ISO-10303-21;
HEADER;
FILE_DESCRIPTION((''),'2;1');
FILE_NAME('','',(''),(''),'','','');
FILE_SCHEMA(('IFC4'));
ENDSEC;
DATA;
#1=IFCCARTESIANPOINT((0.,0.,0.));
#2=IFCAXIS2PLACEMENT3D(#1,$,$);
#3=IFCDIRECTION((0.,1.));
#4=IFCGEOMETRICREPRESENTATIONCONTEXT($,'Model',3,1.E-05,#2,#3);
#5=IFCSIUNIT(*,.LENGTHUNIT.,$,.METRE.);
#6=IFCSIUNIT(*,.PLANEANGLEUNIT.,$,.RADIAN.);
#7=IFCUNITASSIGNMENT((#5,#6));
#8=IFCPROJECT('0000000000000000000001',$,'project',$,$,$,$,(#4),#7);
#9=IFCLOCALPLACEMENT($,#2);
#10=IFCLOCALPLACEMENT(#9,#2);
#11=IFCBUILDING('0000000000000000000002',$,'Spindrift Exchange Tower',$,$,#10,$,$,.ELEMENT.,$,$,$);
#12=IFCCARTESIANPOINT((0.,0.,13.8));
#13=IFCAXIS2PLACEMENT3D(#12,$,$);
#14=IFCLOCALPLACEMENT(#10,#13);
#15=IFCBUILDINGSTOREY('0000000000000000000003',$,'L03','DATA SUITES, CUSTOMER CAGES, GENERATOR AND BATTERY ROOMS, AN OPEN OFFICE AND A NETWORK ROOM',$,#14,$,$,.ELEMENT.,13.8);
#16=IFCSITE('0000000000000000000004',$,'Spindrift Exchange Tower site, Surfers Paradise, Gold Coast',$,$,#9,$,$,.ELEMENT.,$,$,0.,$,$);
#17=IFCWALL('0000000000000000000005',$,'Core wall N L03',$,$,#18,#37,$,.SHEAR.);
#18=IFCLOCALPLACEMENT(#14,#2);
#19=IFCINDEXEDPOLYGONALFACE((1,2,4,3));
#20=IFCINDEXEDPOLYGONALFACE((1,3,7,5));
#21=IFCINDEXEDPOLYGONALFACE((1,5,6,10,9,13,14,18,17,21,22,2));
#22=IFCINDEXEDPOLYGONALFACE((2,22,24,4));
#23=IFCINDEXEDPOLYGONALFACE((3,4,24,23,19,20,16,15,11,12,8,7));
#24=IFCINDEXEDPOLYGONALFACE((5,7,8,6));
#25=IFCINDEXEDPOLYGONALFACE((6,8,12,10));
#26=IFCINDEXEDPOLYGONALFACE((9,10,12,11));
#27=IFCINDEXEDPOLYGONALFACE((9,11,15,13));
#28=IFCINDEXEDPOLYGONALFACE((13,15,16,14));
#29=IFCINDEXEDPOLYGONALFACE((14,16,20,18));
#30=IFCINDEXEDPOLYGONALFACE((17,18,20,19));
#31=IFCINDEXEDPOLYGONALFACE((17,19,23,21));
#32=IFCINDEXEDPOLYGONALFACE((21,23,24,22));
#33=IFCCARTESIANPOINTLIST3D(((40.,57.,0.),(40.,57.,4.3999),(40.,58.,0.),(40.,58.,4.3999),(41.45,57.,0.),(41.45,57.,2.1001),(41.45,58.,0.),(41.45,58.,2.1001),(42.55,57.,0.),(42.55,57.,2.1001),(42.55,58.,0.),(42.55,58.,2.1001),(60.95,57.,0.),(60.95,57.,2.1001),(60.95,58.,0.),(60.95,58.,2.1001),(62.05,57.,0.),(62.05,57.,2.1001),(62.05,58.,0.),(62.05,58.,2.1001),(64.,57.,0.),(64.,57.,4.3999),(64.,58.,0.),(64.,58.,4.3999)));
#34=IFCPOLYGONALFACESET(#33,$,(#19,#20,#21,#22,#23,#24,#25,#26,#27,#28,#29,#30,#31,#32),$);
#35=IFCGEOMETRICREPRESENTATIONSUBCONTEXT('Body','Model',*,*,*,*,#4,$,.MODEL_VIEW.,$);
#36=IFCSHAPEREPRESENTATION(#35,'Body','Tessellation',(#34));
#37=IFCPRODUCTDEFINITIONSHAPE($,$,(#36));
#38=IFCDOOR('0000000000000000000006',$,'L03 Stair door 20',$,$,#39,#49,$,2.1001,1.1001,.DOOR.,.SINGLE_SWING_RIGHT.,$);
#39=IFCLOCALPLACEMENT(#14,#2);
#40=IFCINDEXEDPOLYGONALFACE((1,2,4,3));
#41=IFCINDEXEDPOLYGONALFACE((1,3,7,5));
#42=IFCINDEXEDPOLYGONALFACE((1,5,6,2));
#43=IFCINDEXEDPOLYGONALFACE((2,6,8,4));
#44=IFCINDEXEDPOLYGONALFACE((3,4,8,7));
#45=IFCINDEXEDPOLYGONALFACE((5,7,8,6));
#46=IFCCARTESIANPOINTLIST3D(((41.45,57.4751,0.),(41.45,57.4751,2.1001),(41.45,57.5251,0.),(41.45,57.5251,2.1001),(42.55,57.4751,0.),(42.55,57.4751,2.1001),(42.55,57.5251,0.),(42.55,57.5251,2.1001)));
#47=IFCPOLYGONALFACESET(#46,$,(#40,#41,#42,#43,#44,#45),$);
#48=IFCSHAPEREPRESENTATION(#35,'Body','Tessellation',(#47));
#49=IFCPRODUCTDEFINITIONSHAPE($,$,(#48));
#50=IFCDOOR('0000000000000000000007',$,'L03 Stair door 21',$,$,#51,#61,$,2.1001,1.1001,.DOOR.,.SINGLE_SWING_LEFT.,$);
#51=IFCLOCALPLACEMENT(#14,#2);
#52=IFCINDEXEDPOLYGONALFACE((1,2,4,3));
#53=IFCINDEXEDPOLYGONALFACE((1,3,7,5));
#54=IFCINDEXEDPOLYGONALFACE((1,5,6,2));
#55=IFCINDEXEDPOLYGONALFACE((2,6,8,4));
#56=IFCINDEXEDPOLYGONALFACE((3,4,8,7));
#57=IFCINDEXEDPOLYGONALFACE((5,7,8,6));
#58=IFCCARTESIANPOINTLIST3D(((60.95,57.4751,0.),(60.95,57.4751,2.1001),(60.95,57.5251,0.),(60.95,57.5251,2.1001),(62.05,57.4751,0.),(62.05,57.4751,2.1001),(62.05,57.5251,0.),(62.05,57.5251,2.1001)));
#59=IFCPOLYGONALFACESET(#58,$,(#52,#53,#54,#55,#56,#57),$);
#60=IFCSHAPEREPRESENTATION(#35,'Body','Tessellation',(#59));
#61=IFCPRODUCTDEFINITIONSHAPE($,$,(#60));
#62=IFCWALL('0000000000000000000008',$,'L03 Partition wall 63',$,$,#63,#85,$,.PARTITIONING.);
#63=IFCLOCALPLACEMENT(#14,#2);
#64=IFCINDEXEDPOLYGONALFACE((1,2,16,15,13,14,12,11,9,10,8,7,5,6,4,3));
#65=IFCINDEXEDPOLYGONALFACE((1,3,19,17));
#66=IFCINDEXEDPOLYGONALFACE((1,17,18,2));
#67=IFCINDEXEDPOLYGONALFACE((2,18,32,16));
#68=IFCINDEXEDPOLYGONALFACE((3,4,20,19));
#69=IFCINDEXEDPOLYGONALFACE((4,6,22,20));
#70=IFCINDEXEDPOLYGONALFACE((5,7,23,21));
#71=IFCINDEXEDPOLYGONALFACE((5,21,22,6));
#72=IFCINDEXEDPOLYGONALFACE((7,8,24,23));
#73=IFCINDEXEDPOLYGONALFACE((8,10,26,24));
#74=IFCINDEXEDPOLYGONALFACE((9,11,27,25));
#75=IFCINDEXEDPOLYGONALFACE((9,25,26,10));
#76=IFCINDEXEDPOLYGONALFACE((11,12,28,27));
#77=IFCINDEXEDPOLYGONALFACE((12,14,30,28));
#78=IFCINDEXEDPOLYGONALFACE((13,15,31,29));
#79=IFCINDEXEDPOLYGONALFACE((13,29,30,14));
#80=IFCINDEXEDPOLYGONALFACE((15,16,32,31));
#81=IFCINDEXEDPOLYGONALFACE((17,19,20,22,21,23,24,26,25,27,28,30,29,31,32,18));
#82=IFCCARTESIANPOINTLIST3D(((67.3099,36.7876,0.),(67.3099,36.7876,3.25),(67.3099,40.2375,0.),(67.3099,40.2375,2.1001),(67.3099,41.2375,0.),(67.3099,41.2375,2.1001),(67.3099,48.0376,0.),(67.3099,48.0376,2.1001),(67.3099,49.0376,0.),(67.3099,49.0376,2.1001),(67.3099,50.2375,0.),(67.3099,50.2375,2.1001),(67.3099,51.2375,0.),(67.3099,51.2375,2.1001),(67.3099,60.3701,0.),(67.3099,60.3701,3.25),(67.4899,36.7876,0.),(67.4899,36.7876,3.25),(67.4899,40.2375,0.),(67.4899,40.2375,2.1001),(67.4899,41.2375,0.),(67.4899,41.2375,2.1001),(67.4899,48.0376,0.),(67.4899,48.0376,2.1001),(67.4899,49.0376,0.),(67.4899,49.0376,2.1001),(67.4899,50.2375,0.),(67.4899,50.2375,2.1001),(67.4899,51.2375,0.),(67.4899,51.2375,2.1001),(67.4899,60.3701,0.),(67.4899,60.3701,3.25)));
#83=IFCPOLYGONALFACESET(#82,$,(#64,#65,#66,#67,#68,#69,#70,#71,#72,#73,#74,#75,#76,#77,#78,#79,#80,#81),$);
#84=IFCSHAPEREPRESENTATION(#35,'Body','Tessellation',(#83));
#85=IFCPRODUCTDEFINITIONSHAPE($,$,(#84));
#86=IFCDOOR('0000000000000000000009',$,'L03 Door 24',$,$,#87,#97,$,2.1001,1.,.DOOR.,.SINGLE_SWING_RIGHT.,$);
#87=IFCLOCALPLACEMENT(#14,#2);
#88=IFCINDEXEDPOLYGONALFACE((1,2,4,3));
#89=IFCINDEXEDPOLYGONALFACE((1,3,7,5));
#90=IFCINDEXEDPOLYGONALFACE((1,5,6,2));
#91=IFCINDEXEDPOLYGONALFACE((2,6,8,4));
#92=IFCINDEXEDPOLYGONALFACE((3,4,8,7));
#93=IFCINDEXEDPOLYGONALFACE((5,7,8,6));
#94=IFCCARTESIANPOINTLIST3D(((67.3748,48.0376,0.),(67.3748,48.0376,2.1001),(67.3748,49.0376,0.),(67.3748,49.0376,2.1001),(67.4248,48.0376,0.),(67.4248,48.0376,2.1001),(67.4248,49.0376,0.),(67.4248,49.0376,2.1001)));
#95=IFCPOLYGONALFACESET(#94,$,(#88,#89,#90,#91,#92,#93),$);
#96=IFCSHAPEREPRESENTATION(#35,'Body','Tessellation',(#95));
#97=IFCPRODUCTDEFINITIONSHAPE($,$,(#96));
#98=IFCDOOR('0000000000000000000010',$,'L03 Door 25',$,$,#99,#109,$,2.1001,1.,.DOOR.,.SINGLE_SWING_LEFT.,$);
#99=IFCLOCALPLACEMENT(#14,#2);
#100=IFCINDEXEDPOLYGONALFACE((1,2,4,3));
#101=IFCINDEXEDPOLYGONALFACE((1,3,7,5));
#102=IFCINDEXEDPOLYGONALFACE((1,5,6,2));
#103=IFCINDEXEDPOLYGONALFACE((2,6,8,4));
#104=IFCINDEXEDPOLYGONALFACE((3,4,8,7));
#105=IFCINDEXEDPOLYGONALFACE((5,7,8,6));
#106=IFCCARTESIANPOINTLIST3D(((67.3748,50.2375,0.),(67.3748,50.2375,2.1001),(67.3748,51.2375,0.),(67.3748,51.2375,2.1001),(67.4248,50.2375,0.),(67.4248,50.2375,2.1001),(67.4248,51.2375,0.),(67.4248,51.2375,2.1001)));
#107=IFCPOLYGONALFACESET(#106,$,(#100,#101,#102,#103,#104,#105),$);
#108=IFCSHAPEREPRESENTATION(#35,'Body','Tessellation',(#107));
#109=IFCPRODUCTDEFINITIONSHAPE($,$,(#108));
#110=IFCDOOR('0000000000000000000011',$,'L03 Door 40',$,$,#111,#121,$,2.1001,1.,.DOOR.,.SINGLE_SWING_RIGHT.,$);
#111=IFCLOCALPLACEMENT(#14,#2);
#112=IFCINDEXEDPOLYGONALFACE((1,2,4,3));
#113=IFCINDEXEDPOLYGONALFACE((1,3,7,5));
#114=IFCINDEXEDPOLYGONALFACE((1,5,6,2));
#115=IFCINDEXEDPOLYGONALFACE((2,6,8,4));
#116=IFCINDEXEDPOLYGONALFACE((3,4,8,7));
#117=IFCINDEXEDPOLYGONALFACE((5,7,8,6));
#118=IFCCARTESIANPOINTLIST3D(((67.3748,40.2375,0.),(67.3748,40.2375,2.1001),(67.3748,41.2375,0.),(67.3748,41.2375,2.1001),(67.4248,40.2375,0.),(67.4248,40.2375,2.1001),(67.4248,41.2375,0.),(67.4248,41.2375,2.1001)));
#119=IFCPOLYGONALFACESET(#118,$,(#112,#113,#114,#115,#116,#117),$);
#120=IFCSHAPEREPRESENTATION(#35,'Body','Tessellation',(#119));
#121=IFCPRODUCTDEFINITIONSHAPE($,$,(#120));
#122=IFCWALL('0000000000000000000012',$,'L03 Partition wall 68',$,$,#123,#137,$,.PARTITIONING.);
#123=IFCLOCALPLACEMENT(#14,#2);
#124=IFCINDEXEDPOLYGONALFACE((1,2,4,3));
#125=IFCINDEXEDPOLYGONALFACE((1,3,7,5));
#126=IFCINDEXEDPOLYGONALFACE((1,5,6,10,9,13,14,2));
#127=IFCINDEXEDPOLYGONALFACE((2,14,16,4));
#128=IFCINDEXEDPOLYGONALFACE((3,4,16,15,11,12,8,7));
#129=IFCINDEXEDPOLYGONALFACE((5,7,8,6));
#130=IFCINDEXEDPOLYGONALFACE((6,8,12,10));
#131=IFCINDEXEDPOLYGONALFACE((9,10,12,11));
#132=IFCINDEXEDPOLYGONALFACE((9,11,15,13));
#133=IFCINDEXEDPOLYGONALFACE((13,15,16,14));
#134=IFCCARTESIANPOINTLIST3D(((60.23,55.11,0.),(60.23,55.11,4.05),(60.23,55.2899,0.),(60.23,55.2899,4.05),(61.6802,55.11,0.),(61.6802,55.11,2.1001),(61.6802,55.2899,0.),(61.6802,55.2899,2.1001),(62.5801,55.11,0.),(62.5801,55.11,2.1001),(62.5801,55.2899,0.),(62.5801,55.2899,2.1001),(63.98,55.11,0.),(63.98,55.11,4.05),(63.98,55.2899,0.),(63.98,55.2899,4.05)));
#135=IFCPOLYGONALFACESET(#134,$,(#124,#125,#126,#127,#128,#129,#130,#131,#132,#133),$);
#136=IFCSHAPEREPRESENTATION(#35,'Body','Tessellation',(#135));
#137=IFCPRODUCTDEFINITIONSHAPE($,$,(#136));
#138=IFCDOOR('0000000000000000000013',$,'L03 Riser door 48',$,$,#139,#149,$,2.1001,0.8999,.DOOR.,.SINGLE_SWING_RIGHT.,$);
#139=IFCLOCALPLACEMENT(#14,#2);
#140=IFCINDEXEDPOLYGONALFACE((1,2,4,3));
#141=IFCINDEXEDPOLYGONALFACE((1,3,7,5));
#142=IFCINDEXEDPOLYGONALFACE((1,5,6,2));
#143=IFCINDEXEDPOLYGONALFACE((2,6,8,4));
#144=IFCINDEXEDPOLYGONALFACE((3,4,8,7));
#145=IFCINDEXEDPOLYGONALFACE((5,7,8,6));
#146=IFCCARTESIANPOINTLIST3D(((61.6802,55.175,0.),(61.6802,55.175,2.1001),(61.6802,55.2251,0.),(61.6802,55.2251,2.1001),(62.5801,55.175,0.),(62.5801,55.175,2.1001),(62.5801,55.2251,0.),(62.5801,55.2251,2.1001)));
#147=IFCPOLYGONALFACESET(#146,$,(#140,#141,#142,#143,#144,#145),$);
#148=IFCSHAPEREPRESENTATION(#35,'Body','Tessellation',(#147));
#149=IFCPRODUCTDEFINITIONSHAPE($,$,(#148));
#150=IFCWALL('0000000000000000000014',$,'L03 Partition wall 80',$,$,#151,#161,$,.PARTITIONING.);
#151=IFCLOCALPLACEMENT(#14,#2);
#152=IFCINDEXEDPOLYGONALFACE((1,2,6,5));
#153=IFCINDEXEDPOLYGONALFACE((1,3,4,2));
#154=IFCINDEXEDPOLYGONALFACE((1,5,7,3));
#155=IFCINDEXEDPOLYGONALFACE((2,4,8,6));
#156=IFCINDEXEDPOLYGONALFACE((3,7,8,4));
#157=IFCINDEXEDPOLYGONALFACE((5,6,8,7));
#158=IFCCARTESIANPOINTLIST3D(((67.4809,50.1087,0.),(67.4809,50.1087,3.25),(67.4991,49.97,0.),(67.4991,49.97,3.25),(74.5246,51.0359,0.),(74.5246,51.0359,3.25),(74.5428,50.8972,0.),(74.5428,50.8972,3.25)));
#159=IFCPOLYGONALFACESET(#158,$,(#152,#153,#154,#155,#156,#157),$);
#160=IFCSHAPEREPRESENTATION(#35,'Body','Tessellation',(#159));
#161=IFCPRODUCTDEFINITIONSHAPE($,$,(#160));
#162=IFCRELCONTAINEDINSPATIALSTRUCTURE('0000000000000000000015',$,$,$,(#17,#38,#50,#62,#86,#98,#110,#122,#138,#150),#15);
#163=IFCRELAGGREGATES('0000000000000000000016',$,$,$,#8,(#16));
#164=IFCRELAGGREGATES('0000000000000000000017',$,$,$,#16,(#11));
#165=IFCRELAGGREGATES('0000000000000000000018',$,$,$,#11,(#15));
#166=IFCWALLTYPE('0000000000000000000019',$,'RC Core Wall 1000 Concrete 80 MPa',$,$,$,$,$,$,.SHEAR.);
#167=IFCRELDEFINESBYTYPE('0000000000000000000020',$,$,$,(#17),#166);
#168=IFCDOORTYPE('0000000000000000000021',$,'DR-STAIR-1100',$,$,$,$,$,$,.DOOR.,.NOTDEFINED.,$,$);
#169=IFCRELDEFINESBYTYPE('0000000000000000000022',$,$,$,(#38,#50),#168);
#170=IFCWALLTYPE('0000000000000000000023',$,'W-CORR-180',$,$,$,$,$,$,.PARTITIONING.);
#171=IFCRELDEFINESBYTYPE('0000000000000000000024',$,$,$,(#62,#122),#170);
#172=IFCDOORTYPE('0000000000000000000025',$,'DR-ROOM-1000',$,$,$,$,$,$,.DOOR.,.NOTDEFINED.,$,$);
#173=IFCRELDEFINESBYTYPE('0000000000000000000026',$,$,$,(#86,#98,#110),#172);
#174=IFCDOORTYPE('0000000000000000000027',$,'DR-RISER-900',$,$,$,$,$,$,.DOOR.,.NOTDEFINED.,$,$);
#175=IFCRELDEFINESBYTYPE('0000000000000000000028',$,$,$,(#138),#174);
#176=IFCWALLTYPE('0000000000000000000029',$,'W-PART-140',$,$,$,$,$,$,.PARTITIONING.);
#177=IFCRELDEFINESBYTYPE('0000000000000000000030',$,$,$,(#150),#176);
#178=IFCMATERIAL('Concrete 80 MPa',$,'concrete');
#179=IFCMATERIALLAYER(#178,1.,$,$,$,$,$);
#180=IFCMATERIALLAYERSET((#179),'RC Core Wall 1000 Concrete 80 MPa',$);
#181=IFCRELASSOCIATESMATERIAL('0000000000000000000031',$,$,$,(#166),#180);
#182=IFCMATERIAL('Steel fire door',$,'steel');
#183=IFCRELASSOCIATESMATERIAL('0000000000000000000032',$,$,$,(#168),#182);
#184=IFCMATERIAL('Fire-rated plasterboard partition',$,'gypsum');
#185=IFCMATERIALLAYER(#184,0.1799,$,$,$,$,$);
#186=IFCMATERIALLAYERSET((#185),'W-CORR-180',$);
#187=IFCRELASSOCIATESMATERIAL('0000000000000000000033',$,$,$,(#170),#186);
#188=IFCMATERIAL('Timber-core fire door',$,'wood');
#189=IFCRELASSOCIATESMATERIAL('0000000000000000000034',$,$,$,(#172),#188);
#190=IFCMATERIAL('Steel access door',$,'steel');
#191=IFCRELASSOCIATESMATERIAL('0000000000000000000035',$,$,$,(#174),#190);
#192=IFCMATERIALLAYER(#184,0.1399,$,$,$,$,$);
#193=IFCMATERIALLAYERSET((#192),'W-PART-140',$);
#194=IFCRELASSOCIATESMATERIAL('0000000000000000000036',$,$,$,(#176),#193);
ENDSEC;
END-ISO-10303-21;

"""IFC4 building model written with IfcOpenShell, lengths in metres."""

from ifc_helpers import new_model, si_unit, direction, frame, frame_2d, origin, place, context, subcontext, project, spatial, rectangle, extrude, source, transform, mapped, material, layer, layer_set, type_object, element, fill, save


model = new_model("IFC4")

# Units and contexts
model_context = context("Model", 3, precision=1e-05, world=origin(), true_north=direction((0.0, 1.0)))
body_context = subcontext(model_context, "Body", "Model", "MODEL_VIEW")
ifc_project = project(units=[si_unit("LENGTHUNIT", "METRE"), si_unit("PLANEANGLEUNIT", "RADIAN")], contexts=[model_context])

# Site, building, storey
site_placement = place(None, origin())
site = spatial("IfcSite", under=ifc_project, at=site_placement, Name="Spindrift Exchange Tower site, Surfers Paradise, Gold Coast", CompositionType="ELEMENT", RefElevation=0.0)
building_placement = place(site_placement, origin())
building = spatial("IfcBuilding", under=site, at=building_placement, Name="Spindrift Exchange Tower", CompositionType="ELEMENT")
storey_placement = place(building_placement, frame((0.0, 0.0, 13.8)))
storey = spatial("IfcBuildingStorey", under=building, at=storey_placement, Name="L03", Description="DATA SUITES, CUSTOMER CAGES, GENERATOR AND BATTERY ROOMS, AN OPEN OFFICE AND A NETWORK ROOM", CompositionType="ELEMENT", Elevation=13.8)

# Shared definitions
ifc_material_1 = material(Name="Concrete 80 MPa", Category="concrete")

# Walls, openings, doors
ifc_layer_1 = layer(ifc_material_1, 1.0)
ifc_layer_set_1 = layer_set([ifc_layer_1], Name="RC Core Wall 1000 Concrete 80 MPa")
wall_type_1 = type_object("IfcWallType", Name="RC Core Wall 1000 Concrete 80 MPa", PredefinedType="SHEAR", material=ifc_layer_set_1)
wall_1_placement = place(storey_placement, frame((64.0, 57.5, 0.0), z_axis=(0.0, 0.0, 1.0), x_axis=(-1.0, 0.0, 0.0)))
wall_1 = element("IfcWall", 1, at=wall_1_placement, inside=storey, type_object=wall_type_1, Name="Core wall N L03", PredefinedType="SHEAR", context=body_context, shape_type="SweptSolid", body=[
    extrude(rectangle(XDim=24.0, YDim=1.0, at=frame_2d((12.0, 0.0))), origin(), (0.0, 0.0, 1.0), 4.3999),
])
opening_1_placement = place(wall_1_placement, frame((21.45, 0.0, 0.0)))
opening_1 = element("IfcOpeningElement", 2, at=opening_1_placement, cuts=wall_1, PredefinedType="OPENING", context=body_context, shape_type="SweptSolid", body=[
    extrude(rectangle(XDim=1.1001, YDim=2.1001, at=frame_2d((0.55, 1.05))), frame((0.0, 0.51, 0.0), z_axis=(0.0, -1.0, 0.0), x_axis=(1.0, 0.0, 0.0)), (0.0, 0.0, 1.0), 1.02),
])
opening_2_placement = place(wall_1_placement, frame((1.95, 0.0, 0.0)))
opening_2 = element("IfcOpeningElement", 3, at=opening_2_placement, cuts=wall_1, PredefinedType="OPENING", context=body_context, shape_type="SweptSolid", body=[
    extrude(rectangle(XDim=1.1001, YDim=2.1001, at=frame_2d((0.55, 1.05))), frame((0.0, 0.51, 0.0), z_axis=(0.0, -1.0, 0.0), x_axis=(1.0, 0.0, 0.0)), (0.0, 0.0, 1.0), 1.02),
])
ifc_material_2 = material(Name="Steel fire door", Category="steel")
door_type_1 = type_object("IfcDoorType", Name="DR-STAIR-1100", OperationType="NOTDEFINED", PredefinedType="DOOR", material=ifc_material_2)
shared_shape_1 = source(origin(), body_context, "Body", "SweptSolid", [
    extrude(rectangle(XDim=1.1001, YDim=2.1001, at=frame_2d((0.55, 1.05))), frame((0.0, 0.0249, 0.0), z_axis=(0.0, -1.0, 0.0), x_axis=(1.0, 0.0, 0.0)), (0.0, 0.0, 1.0), 0.05),
])
door_1_placement = place(opening_1_placement, origin())
door_1 = element("IfcDoor", 4, at=door_1_placement, inside=storey, type_object=door_type_1, Name="L03 Stair door 20", OperationType="SINGLE_SWING_RIGHT", OverallHeight=2.1001, OverallWidth=1.1001, PredefinedType="DOOR", context=body_context, shape_type="MappedRepresentation", body=[
    mapped(shared_shape_1, transform((0.0, 0.0, 0.0), scale=1.0)),
])
fill(opening_1, door_1)
door_2_placement = place(opening_2_placement, origin())
door_2 = element("IfcDoor", 5, at=door_2_placement, inside=storey, type_object=door_type_1, Name="L03 Stair door 21", OperationType="SINGLE_SWING_LEFT", OverallHeight=2.1001, OverallWidth=1.1001, PredefinedType="DOOR", context=body_context, shape_type="MappedRepresentation", body=[
    mapped(shared_shape_1, transform((0.0, 0.0, 0.0), scale=1.0)),
])
fill(opening_2, door_2)
ifc_material_3 = material(Name="Fire-rated plasterboard partition", Category="gypsum")
ifc_layer_2 = layer(ifc_material_3, 0.1799)
ifc_layer_set_2 = layer_set([ifc_layer_2], Name="W-CORR-180")
wall_type_2 = type_object("IfcWallType", Name="W-CORR-180", PredefinedType="PARTITIONING", material=ifc_layer_set_2)
wall_2_placement = place(storey_placement, frame((67.3999, 60.3701, 0.0), z_axis=(0.0, 0.0, 1.0), x_axis=(0.0, -1.0, 0.0)))
wall_2 = element("IfcWall", 6, at=wall_2_placement, inside=storey, type_object=wall_type_2, Name="L03 Partition wall 63", PredefinedType="PARTITIONING", context=body_context, shape_type="SweptSolid", body=[
    extrude(rectangle(XDim=23.5825, YDim=0.1799, at=frame_2d((11.7913, 0.0))), origin(), (0.0, 0.0, 1.0), 3.25),
])
opening_3_placement = place(wall_2_placement, frame((11.3325, 0.0, 0.0)))
opening_3 = element("IfcOpeningElement", 7, at=opening_3_placement, cuts=wall_2, PredefinedType="OPENING", context=body_context, shape_type="SweptSolid", body=[
    extrude(rectangle(XDim=1.0, YDim=2.1001, at=frame_2d((0.5, 1.05))), frame((0.0, 0.0999, 0.0), z_axis=(0.0, -1.0, 0.0), x_axis=(1.0, 0.0, 0.0)), (0.0, 0.0, 1.0), 0.2),
])
opening_4_placement = place(wall_2_placement, frame((9.1326, 0.0, 0.0)))
opening_4 = element("IfcOpeningElement", 8, at=opening_4_placement, cuts=wall_2, PredefinedType="OPENING", context=body_context, shape_type="SweptSolid", body=[
    extrude(rectangle(XDim=1.0, YDim=2.1001, at=frame_2d((0.5, 1.05))), frame((0.0, 0.0999, 0.0), z_axis=(0.0, -1.0, 0.0), x_axis=(1.0, 0.0, 0.0)), (0.0, 0.0, 1.0), 0.2),
])
opening_5_placement = place(wall_2_placement, frame((19.1326, 0.0, 0.0)))
opening_5 = element("IfcOpeningElement", 9, at=opening_5_placement, cuts=wall_2, PredefinedType="OPENING", context=body_context, shape_type="SweptSolid", body=[
    extrude(rectangle(XDim=1.0, YDim=2.1001, at=frame_2d((0.5, 1.05))), frame((0.0, 0.0999, 0.0), z_axis=(0.0, -1.0, 0.0), x_axis=(1.0, 0.0, 0.0)), (0.0, 0.0, 1.0), 0.2),
])
ifc_material_4 = material(Name="Timber-core fire door", Category="wood")
door_type_2 = type_object("IfcDoorType", Name="DR-ROOM-1000", OperationType="NOTDEFINED", PredefinedType="DOOR", material=ifc_material_4)
shared_shape_2 = source(origin(), body_context, "Body", "SweptSolid", [
    extrude(rectangle(XDim=1.0, YDim=2.1001, at=frame_2d((0.5, 1.05))), frame((0.0, 0.0249, 0.0), z_axis=(0.0, -1.0, 0.0), x_axis=(1.0, 0.0, 0.0)), (0.0, 0.0, 1.0), 0.05),
])
door_3_placement = place(opening_3_placement, origin())
door_3 = element("IfcDoor", 10, at=door_3_placement, inside=storey, type_object=door_type_2, Name="L03 Door 24", OperationType="SINGLE_SWING_RIGHT", OverallHeight=2.1001, OverallWidth=1.0, PredefinedType="DOOR", context=body_context, shape_type="MappedRepresentation", body=[
    mapped(shared_shape_2, transform((0.0, 0.0, 0.0), scale=1.0)),
])
fill(opening_3, door_3)
door_4_placement = place(opening_4_placement, origin())
door_4 = element("IfcDoor", 11, at=door_4_placement, inside=storey, type_object=door_type_2, Name="L03 Door 25", OperationType="SINGLE_SWING_LEFT", OverallHeight=2.1001, OverallWidth=1.0, PredefinedType="DOOR", context=body_context, shape_type="MappedRepresentation", body=[
    mapped(shared_shape_2, transform((0.0, 0.0, 0.0), scale=1.0)),
])
fill(opening_4, door_4)
door_5_placement = place(opening_5_placement, origin())
door_5 = element("IfcDoor", 12, at=door_5_placement, inside=storey, type_object=door_type_2, Name="L03 Door 40", OperationType="SINGLE_SWING_RIGHT", OverallHeight=2.1001, OverallWidth=1.0, PredefinedType="DOOR", context=body_context, shape_type="MappedRepresentation", body=[
    mapped(shared_shape_2, transform((0.0, 0.0, 0.0), scale=1.0)),
])
fill(opening_5, door_5)

# Wall, opening, door
wall_3_placement = place(storey_placement, frame((63.98, 55.2, 0.0), z_axis=(0.0, 0.0, 1.0), x_axis=(-1.0, 0.0, 0.0)))
wall_3 = element("IfcWall", 13, at=wall_3_placement, inside=storey, type_object=wall_type_2, Name="L03 Partition wall 68", PredefinedType="PARTITIONING", context=body_context, shape_type="SweptSolid", body=[
    extrude(rectangle(XDim=3.75, YDim=0.1799, at=frame_2d((1.875, 0.0))), origin(), (0.0, 0.0, 1.0), 4.05),
])
opening_6_placement = place(wall_3_placement, frame((1.3999, 0.0, 0.0)))
opening_6 = element("IfcOpeningElement", 14, at=opening_6_placement, cuts=wall_3, PredefinedType="OPENING", context=body_context, shape_type="SweptSolid", body=[
    extrude(rectangle(XDim=0.8999, YDim=2.1001, at=frame_2d((0.45, 1.05))), frame((0.0, 0.0999, 0.0), z_axis=(0.0, -1.0, 0.0), x_axis=(1.0, 0.0, 0.0)), (0.0, 0.0, 1.0), 0.2),
])
ifc_material_5 = material(Name="Steel access door", Category="steel")
door_type_3 = type_object("IfcDoorType", Name="DR-RISER-900", OperationType="NOTDEFINED", PredefinedType="DOOR", material=ifc_material_5)
shared_shape_3 = source(origin(), body_context, "Body", "SweptSolid", [
    extrude(rectangle(XDim=0.8999, YDim=2.1001, at=frame_2d((0.45, 1.05))), frame((0.0, 0.0249, 0.0), z_axis=(0.0, -1.0, 0.0), x_axis=(1.0, 0.0, 0.0)), (0.0, 0.0, 1.0), 0.05),
])
door_6_placement = place(opening_6_placement, origin())
door_6 = element("IfcDoor", 15, at=door_6_placement, inside=storey, type_object=door_type_3, Name="L03 Riser door 48", OperationType="SINGLE_SWING_RIGHT", OverallHeight=2.1001, OverallWidth=0.8999, PredefinedType="DOOR", context=body_context, shape_type="MappedRepresentation", body=[
    mapped(shared_shape_3, transform((0.0, 0.0, 0.0), scale=1.0)),
])
fill(opening_6, door_6)

# Wall
ifc_layer_3 = layer(ifc_material_3, 0.1399)
ifc_layer_set_3 = layer_set([ifc_layer_3], Name="W-PART-140")
wall_type_3 = type_object("IfcWallType", Name="W-PART-140", PredefinedType="PARTITIONING", material=ifc_layer_set_3)
wall_4_placement = place(storey_placement, frame((67.49, 50.0393, 0.0), z_axis=(0.0, 0.0, 1.0), x_axis=(0.991446, 0.130516, 0.0)))
element("IfcWall", 16, at=wall_4_placement, inside=storey, type_object=wall_type_3, Name="L03 Partition wall 80", PredefinedType="PARTITIONING", context=body_context, shape_type="SweptSolid", body=[
    extrude(rectangle(XDim=7.1045, YDim=0.1399, at=frame_2d((3.5522, 0.0))), origin(), (0.0, 0.0, 1.0), 3.25),
])

save(model, "model.ifc")
